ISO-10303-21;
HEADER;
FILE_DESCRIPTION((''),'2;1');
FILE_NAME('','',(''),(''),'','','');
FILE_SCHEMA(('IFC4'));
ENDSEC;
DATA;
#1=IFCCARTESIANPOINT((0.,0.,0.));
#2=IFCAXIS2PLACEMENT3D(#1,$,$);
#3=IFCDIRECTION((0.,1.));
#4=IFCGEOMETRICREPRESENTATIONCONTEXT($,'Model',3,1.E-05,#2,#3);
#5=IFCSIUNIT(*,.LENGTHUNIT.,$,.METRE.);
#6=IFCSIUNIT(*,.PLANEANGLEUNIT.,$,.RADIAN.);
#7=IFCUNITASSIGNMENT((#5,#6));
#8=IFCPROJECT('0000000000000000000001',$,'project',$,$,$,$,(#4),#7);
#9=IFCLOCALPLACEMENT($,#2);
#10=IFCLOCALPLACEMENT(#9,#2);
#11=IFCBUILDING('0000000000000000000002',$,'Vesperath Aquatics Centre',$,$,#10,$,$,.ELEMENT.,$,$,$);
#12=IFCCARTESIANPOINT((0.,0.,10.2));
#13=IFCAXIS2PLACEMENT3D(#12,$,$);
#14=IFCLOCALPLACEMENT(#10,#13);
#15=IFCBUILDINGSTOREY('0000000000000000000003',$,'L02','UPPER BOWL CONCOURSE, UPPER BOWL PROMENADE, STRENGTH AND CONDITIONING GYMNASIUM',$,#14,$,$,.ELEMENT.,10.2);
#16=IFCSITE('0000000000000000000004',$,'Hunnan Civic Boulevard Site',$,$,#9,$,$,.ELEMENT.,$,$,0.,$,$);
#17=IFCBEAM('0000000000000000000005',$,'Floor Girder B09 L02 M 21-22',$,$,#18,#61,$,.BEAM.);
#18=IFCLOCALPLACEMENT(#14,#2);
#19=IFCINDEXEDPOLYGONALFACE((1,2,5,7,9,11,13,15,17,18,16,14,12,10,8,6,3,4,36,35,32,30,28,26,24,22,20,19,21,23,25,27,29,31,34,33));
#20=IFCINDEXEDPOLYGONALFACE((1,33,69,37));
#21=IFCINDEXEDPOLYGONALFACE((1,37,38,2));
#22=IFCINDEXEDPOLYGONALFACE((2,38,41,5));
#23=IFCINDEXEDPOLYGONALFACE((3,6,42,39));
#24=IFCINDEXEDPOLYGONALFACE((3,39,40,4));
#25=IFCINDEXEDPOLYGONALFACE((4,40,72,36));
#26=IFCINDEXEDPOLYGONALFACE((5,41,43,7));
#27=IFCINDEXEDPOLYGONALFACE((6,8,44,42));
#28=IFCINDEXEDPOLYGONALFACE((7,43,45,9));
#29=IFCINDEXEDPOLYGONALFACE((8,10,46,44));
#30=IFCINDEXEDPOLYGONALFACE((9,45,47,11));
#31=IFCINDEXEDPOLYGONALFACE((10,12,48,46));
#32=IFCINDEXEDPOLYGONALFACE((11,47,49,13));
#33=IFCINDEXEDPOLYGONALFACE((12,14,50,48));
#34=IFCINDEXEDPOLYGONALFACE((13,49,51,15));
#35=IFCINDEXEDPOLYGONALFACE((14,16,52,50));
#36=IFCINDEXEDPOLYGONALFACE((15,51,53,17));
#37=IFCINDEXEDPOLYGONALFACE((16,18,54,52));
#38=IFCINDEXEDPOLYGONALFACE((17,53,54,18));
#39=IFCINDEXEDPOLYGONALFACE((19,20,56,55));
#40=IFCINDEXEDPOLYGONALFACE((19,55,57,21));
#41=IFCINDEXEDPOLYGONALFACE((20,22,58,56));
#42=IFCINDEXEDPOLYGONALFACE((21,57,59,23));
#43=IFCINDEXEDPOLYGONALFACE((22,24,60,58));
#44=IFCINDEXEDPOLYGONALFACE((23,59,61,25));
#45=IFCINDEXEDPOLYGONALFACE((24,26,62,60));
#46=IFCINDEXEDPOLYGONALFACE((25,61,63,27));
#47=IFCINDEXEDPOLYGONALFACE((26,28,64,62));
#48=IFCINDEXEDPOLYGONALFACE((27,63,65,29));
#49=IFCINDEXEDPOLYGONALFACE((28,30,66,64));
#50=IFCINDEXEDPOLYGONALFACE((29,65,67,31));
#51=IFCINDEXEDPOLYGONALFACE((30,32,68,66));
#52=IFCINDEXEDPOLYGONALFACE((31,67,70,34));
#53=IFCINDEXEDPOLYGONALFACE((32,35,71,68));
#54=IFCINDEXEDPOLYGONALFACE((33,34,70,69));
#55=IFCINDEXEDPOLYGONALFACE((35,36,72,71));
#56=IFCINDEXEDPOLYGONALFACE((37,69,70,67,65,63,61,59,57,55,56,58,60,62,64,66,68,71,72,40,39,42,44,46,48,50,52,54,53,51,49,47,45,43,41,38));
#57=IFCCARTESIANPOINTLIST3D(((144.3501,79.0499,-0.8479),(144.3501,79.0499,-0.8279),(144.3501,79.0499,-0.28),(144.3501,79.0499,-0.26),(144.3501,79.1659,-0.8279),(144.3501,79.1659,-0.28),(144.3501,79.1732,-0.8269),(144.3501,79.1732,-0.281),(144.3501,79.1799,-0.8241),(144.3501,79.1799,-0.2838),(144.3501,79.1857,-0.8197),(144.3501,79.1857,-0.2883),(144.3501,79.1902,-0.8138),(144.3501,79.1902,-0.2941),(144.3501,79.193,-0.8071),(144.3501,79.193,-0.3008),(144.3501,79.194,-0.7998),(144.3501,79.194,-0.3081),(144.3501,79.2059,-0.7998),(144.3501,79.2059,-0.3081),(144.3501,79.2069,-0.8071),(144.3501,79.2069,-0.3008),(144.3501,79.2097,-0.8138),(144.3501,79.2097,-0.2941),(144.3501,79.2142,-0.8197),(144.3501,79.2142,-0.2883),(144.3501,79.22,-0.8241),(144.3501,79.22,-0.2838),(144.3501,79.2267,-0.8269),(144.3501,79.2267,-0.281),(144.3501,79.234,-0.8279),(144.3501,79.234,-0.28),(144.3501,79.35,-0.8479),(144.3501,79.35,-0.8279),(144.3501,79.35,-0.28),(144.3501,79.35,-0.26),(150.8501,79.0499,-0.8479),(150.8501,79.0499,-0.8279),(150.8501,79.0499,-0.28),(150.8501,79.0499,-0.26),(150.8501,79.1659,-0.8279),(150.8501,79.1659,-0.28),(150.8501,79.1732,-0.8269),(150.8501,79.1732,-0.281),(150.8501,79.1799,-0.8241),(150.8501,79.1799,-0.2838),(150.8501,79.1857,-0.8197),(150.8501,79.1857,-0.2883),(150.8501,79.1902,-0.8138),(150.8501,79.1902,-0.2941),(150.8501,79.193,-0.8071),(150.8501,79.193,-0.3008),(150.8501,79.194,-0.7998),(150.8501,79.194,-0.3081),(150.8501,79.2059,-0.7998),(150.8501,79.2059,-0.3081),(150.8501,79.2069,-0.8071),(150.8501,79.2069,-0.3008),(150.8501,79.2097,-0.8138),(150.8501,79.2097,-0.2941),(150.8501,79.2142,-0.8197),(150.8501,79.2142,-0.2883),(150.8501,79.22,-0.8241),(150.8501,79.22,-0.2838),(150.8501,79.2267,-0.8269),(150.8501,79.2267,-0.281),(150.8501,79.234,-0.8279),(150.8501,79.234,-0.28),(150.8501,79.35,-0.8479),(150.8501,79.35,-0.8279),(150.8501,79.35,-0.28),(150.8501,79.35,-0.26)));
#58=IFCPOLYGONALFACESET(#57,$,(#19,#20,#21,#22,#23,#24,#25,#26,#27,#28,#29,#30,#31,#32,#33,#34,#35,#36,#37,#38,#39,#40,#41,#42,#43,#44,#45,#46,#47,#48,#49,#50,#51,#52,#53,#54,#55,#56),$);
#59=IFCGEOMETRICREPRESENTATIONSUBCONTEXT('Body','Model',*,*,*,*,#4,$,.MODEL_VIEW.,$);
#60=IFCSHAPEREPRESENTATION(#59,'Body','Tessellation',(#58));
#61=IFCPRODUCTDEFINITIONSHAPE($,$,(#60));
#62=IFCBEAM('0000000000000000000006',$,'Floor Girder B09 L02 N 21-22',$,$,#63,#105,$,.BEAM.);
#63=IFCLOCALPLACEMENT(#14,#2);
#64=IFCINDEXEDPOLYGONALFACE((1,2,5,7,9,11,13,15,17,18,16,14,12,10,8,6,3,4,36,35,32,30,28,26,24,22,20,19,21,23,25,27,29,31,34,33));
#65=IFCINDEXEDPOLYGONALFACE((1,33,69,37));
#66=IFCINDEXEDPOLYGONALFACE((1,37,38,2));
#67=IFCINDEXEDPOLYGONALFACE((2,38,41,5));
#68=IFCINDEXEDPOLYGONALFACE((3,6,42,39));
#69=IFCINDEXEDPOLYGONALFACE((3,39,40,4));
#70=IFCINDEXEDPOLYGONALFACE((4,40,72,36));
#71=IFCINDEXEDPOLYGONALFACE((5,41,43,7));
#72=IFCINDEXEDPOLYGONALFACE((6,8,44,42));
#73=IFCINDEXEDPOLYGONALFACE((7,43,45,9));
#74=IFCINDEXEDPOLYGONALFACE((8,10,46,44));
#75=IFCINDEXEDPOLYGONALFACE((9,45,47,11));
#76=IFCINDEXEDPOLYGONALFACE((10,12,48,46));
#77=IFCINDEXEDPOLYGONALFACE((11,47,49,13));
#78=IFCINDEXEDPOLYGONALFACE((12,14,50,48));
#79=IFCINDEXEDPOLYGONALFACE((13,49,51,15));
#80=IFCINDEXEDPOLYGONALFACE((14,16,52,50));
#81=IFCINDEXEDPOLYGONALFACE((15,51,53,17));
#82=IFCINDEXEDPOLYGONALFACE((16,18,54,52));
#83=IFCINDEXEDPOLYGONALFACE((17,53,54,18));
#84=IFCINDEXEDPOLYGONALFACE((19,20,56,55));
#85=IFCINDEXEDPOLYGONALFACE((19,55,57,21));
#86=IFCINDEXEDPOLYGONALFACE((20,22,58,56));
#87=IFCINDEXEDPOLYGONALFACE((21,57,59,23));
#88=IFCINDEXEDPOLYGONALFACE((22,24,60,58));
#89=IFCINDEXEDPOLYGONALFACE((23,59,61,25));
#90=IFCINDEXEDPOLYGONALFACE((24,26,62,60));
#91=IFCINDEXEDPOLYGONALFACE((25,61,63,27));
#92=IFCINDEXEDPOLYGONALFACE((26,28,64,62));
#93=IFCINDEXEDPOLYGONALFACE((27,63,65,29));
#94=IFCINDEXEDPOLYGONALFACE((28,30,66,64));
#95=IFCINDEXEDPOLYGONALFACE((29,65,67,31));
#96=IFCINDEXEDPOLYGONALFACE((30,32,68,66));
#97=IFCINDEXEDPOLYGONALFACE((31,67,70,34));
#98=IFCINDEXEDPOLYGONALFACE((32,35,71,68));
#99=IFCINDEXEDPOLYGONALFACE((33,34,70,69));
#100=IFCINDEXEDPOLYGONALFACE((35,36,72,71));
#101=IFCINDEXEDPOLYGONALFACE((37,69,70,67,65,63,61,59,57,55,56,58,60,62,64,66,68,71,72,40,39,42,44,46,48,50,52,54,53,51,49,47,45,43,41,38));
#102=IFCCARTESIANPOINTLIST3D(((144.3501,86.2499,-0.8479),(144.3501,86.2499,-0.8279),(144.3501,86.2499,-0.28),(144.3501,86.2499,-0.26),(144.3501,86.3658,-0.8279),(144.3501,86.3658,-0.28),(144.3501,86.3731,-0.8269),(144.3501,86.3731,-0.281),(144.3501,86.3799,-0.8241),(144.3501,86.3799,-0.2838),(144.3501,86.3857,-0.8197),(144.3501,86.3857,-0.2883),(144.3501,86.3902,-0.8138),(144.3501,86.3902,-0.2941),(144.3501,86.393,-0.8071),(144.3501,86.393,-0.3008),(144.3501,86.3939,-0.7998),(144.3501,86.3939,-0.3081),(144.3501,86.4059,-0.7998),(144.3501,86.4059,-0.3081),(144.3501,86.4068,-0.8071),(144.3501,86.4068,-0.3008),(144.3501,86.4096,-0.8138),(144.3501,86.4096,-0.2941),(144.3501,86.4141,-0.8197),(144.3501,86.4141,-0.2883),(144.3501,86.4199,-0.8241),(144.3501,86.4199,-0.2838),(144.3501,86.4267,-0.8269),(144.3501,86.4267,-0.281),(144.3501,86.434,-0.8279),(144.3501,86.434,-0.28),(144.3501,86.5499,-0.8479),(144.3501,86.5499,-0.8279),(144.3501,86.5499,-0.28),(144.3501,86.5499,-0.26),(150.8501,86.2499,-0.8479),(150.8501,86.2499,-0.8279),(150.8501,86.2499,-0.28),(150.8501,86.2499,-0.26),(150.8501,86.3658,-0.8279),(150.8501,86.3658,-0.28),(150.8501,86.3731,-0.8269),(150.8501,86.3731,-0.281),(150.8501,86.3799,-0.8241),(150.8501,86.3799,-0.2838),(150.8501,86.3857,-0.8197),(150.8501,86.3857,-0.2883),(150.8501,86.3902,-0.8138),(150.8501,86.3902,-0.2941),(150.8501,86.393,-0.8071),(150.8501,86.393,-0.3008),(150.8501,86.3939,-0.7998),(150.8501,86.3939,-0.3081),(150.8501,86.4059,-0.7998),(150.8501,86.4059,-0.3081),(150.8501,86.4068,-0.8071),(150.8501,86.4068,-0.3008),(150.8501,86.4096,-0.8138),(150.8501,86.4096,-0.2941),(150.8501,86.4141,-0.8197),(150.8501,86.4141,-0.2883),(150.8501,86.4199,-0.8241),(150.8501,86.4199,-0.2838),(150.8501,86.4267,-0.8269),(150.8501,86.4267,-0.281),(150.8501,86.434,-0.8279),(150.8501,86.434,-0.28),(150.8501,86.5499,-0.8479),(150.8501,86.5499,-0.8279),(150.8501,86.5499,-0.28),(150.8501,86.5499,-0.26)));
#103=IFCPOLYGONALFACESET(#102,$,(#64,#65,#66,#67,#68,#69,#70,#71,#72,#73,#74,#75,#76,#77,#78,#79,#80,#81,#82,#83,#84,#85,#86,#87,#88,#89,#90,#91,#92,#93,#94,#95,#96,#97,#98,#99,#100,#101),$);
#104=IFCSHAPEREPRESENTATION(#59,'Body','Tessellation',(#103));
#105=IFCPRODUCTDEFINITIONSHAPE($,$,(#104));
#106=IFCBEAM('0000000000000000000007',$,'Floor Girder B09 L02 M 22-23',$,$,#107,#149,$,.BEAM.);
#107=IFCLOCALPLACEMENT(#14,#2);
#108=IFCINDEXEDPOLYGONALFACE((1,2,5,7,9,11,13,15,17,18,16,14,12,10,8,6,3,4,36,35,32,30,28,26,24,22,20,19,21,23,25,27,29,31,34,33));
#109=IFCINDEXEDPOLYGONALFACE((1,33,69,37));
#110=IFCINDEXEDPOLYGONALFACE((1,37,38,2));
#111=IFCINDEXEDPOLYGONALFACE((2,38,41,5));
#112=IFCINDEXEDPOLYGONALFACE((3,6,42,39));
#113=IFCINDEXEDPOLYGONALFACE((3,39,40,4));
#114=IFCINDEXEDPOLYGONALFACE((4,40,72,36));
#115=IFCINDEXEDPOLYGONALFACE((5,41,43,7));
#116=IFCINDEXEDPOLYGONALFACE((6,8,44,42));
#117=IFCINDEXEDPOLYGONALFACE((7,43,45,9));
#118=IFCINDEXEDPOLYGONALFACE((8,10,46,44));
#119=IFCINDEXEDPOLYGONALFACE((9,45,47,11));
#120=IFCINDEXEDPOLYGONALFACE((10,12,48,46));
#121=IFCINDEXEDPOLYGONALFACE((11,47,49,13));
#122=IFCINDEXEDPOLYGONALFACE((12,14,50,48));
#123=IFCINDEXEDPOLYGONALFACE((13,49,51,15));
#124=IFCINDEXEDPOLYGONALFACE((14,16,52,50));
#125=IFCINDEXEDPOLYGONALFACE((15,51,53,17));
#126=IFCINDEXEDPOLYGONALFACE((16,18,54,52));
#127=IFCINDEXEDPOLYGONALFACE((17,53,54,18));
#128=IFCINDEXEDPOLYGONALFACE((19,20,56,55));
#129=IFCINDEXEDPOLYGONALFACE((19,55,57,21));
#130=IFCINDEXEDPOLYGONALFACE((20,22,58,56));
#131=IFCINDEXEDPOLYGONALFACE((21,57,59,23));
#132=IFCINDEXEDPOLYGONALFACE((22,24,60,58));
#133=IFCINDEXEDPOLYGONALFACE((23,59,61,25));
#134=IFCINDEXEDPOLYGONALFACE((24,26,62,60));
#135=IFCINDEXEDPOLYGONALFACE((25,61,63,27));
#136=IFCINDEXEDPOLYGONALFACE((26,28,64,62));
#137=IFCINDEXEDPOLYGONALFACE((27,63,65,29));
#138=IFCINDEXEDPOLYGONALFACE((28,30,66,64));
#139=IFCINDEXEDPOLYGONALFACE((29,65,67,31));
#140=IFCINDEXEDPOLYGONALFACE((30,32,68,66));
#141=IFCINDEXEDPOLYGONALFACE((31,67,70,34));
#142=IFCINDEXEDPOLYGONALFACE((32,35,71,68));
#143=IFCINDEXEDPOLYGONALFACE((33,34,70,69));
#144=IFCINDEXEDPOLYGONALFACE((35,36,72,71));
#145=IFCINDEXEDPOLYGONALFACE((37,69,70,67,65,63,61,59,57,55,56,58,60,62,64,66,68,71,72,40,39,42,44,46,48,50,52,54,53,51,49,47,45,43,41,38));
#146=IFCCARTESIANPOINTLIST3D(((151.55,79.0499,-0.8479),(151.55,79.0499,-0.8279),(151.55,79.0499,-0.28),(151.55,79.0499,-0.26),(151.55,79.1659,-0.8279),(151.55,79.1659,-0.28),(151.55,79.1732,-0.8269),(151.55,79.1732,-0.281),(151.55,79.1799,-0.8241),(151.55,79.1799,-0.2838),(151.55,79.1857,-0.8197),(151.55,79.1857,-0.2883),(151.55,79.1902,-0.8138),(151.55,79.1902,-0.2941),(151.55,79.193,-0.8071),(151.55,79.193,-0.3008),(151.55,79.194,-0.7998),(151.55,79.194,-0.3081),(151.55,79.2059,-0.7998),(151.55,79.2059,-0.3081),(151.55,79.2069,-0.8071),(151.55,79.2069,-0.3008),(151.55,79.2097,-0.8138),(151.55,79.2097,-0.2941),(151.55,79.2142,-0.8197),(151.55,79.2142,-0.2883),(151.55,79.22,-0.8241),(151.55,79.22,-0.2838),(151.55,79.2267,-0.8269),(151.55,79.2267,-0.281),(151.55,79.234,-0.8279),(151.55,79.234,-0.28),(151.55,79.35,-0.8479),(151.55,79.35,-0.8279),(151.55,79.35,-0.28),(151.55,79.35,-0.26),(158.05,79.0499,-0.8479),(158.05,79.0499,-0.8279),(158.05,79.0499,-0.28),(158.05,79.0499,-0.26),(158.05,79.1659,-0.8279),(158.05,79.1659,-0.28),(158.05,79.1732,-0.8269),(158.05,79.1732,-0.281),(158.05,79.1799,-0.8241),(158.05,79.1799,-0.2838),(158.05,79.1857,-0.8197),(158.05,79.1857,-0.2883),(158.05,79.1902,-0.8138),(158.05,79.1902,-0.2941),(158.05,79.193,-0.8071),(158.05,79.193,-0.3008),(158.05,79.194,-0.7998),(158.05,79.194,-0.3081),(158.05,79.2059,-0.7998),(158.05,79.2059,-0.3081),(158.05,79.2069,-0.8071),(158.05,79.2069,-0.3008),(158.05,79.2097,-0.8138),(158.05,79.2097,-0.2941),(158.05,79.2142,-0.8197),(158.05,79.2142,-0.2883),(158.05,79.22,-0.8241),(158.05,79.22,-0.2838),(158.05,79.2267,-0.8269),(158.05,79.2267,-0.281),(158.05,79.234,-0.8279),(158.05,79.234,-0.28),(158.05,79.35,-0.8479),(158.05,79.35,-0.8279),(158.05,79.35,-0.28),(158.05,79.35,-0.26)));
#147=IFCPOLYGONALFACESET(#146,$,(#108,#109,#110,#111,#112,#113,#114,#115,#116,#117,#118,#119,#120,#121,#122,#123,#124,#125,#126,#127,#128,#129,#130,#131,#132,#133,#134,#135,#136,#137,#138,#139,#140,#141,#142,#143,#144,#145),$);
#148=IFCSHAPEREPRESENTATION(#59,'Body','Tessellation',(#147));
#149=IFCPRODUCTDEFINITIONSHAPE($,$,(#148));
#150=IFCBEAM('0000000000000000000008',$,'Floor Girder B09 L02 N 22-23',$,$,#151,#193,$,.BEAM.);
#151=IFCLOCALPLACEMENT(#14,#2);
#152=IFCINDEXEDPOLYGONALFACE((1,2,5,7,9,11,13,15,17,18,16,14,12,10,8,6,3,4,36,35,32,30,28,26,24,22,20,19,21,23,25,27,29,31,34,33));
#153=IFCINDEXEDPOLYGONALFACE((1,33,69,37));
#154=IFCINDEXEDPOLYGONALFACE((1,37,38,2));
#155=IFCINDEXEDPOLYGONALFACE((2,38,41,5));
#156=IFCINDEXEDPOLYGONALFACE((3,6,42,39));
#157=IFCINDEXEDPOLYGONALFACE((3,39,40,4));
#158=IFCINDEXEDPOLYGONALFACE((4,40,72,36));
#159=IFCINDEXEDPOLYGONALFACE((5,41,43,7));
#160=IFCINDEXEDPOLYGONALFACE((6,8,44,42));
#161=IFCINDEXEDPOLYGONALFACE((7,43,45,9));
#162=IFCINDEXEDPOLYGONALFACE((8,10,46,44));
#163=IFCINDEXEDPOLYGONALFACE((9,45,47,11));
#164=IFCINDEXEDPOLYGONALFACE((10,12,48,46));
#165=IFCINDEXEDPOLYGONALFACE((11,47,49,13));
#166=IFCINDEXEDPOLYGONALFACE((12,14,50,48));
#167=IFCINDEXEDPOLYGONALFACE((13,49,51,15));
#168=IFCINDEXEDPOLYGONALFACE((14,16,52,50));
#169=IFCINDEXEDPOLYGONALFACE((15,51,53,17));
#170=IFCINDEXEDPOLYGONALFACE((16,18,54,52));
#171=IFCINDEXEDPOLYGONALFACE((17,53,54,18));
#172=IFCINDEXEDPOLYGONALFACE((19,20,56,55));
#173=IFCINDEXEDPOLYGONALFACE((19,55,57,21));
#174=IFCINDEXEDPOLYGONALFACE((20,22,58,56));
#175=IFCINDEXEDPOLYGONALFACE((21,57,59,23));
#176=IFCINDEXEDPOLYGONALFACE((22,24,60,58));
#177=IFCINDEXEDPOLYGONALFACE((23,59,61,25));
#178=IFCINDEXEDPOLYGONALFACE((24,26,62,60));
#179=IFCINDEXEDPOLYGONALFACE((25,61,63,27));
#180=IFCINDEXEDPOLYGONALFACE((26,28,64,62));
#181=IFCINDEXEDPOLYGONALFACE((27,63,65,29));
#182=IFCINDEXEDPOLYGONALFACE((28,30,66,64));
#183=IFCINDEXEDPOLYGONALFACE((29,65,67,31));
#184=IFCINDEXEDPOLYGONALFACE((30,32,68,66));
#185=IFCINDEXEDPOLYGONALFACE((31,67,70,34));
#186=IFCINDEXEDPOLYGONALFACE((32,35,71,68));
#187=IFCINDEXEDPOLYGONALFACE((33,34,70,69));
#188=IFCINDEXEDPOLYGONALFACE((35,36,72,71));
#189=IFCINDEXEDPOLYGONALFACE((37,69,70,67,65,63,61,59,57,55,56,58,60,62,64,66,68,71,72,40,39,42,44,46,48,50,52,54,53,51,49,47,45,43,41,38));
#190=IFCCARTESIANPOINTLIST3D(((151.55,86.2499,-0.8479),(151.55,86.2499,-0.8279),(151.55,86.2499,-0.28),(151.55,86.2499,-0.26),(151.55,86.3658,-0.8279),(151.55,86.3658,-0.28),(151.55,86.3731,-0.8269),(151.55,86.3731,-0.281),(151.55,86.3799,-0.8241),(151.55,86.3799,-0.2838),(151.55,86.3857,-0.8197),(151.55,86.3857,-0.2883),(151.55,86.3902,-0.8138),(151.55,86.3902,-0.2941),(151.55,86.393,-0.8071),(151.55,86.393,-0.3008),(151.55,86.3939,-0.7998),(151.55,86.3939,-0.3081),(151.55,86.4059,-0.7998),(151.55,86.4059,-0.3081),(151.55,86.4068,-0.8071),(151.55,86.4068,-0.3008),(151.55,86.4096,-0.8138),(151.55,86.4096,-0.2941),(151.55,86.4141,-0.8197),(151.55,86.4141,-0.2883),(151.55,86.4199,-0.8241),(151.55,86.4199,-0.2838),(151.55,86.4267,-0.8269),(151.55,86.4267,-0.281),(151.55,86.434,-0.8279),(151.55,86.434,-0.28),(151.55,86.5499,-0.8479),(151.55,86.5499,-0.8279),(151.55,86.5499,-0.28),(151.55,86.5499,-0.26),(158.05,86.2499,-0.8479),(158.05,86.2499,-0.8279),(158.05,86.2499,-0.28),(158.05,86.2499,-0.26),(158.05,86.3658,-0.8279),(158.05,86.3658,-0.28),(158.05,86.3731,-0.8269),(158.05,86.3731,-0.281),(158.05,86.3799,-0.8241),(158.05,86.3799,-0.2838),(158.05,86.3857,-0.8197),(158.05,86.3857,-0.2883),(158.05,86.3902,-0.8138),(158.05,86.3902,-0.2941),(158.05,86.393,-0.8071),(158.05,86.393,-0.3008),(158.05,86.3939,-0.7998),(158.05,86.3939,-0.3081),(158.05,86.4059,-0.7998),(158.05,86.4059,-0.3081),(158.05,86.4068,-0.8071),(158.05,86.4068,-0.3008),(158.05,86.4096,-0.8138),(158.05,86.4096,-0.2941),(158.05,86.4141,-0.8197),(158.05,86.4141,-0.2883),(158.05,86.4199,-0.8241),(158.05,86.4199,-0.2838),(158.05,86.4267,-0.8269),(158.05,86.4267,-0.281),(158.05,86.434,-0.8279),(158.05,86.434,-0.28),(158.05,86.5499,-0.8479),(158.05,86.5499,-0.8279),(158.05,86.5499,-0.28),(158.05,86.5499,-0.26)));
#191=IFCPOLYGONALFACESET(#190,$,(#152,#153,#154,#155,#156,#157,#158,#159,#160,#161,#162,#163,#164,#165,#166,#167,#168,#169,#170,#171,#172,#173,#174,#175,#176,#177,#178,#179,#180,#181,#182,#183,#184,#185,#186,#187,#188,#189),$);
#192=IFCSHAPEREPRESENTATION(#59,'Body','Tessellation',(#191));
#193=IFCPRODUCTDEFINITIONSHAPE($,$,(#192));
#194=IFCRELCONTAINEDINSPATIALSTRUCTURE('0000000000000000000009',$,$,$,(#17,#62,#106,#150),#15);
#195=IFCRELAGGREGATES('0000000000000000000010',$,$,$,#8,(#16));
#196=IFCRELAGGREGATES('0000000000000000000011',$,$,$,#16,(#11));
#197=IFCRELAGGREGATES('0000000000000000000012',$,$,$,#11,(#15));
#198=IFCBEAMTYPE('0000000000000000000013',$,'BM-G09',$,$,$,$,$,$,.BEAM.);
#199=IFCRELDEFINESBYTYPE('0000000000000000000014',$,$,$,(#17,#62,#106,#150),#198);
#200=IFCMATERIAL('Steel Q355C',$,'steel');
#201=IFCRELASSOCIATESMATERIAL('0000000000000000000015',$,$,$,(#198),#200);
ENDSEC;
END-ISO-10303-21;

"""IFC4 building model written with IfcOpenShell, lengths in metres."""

from ifc_helpers import new_model, si_unit, direction, frame, origin, origin_2d, place, context, subcontext, project, spatial, i_section, extrude, material, material_profile, profile_set, type_object, element, save


model = new_model("IFC4")

# Units and contexts
model_context = context("Model", 3, precision=1e-05, world=origin(), true_north=direction((0.0, 1.0)))
body_context = subcontext(model_context, "Body", "Model", "MODEL_VIEW")
ifc_project = project(units=[si_unit("LENGTHUNIT", "METRE"), si_unit("PLANEANGLEUNIT", "RADIAN")], contexts=[model_context])

# Site, building, storey
site_placement = place(None, origin())
site = spatial("IfcSite", under=ifc_project, at=site_placement, Name="Hunnan Civic Boulevard Site", CompositionType="ELEMENT", RefElevation=0.0)
building_placement = place(site_placement, origin())
building = spatial("IfcBuilding", under=site, at=building_placement, Name="Vesperath Aquatics Centre", CompositionType="ELEMENT")
storey_placement = place(building_placement, frame((0.0, 0.0, 10.2)))
storey = spatial("IfcBuildingStorey", under=building, at=storey_placement, Name="L02", Description="UPPER BOWL CONCOURSE, UPPER BOWL PROMENADE, STRENGTH AND CONDITIONING GYMNASIUM", CompositionType="ELEMENT", Elevation=10.2)

# Beams
ifc_material_1 = material(Name="Steel Q355C", Category="steel")
ifc_material_profile_1 = material_profile(ifc_material_1, i_section(OverallWidth=0.3, OverallDepth=0.5879, WebThickness=0.012, FlangeThickness=0.02, FilletRadius=0.0281, at=origin_2d()), Name="HM 588x300x12x20")
ifc_profile_set_1 = profile_set([ifc_material_profile_1], Name="Steel Q355C")
beam_type_1 = type_object("IfcBeamType", Name="BM-G09", PredefinedType="BEAM", material=ifc_profile_set_1)
for number, where, z_axis, x_axis, name in (
    (1, (144.3501, 79.2, -0.554), (1.0, 0.0, 0.0), (0.0, 1.0, 0.0), "Floor Girder B09 L02 M 21-22"),
    (2, (144.3501, 86.3999, -0.554), (1.0, 0.0, 0.0), (0.0, 1.0, 0.0), "Floor Girder B09 L02 N 21-22"),
    (3, (151.55, 79.2, -0.554), (1.0, 0.0, 0.0), (0.0, 1.0, 0.0), "Floor Girder B09 L02 M 22-23"),
    (4, (151.55, 86.3999, -0.554), (1.0, 0.0, 0.0), (0.0, 1.0, 0.0), "Floor Girder B09 L02 N 22-23"),
):
    element("IfcBeam", number, at=place(storey_placement, frame(where, z_axis=z_axis, x_axis=x_axis)), inside=storey, type_object=beam_type_1, Name=name, PredefinedType="BEAM", context=body_context, shape_type="SweptSolid", body=[
        extrude(i_section(OverallWidth=0.3, OverallDepth=0.5879, WebThickness=0.012, FlangeThickness=0.02, FilletRadius=0.0281, at=origin_2d()), origin(), (0.0, 0.0, 1.0), 6.5),
    ])

save(model, "model.ifc")
